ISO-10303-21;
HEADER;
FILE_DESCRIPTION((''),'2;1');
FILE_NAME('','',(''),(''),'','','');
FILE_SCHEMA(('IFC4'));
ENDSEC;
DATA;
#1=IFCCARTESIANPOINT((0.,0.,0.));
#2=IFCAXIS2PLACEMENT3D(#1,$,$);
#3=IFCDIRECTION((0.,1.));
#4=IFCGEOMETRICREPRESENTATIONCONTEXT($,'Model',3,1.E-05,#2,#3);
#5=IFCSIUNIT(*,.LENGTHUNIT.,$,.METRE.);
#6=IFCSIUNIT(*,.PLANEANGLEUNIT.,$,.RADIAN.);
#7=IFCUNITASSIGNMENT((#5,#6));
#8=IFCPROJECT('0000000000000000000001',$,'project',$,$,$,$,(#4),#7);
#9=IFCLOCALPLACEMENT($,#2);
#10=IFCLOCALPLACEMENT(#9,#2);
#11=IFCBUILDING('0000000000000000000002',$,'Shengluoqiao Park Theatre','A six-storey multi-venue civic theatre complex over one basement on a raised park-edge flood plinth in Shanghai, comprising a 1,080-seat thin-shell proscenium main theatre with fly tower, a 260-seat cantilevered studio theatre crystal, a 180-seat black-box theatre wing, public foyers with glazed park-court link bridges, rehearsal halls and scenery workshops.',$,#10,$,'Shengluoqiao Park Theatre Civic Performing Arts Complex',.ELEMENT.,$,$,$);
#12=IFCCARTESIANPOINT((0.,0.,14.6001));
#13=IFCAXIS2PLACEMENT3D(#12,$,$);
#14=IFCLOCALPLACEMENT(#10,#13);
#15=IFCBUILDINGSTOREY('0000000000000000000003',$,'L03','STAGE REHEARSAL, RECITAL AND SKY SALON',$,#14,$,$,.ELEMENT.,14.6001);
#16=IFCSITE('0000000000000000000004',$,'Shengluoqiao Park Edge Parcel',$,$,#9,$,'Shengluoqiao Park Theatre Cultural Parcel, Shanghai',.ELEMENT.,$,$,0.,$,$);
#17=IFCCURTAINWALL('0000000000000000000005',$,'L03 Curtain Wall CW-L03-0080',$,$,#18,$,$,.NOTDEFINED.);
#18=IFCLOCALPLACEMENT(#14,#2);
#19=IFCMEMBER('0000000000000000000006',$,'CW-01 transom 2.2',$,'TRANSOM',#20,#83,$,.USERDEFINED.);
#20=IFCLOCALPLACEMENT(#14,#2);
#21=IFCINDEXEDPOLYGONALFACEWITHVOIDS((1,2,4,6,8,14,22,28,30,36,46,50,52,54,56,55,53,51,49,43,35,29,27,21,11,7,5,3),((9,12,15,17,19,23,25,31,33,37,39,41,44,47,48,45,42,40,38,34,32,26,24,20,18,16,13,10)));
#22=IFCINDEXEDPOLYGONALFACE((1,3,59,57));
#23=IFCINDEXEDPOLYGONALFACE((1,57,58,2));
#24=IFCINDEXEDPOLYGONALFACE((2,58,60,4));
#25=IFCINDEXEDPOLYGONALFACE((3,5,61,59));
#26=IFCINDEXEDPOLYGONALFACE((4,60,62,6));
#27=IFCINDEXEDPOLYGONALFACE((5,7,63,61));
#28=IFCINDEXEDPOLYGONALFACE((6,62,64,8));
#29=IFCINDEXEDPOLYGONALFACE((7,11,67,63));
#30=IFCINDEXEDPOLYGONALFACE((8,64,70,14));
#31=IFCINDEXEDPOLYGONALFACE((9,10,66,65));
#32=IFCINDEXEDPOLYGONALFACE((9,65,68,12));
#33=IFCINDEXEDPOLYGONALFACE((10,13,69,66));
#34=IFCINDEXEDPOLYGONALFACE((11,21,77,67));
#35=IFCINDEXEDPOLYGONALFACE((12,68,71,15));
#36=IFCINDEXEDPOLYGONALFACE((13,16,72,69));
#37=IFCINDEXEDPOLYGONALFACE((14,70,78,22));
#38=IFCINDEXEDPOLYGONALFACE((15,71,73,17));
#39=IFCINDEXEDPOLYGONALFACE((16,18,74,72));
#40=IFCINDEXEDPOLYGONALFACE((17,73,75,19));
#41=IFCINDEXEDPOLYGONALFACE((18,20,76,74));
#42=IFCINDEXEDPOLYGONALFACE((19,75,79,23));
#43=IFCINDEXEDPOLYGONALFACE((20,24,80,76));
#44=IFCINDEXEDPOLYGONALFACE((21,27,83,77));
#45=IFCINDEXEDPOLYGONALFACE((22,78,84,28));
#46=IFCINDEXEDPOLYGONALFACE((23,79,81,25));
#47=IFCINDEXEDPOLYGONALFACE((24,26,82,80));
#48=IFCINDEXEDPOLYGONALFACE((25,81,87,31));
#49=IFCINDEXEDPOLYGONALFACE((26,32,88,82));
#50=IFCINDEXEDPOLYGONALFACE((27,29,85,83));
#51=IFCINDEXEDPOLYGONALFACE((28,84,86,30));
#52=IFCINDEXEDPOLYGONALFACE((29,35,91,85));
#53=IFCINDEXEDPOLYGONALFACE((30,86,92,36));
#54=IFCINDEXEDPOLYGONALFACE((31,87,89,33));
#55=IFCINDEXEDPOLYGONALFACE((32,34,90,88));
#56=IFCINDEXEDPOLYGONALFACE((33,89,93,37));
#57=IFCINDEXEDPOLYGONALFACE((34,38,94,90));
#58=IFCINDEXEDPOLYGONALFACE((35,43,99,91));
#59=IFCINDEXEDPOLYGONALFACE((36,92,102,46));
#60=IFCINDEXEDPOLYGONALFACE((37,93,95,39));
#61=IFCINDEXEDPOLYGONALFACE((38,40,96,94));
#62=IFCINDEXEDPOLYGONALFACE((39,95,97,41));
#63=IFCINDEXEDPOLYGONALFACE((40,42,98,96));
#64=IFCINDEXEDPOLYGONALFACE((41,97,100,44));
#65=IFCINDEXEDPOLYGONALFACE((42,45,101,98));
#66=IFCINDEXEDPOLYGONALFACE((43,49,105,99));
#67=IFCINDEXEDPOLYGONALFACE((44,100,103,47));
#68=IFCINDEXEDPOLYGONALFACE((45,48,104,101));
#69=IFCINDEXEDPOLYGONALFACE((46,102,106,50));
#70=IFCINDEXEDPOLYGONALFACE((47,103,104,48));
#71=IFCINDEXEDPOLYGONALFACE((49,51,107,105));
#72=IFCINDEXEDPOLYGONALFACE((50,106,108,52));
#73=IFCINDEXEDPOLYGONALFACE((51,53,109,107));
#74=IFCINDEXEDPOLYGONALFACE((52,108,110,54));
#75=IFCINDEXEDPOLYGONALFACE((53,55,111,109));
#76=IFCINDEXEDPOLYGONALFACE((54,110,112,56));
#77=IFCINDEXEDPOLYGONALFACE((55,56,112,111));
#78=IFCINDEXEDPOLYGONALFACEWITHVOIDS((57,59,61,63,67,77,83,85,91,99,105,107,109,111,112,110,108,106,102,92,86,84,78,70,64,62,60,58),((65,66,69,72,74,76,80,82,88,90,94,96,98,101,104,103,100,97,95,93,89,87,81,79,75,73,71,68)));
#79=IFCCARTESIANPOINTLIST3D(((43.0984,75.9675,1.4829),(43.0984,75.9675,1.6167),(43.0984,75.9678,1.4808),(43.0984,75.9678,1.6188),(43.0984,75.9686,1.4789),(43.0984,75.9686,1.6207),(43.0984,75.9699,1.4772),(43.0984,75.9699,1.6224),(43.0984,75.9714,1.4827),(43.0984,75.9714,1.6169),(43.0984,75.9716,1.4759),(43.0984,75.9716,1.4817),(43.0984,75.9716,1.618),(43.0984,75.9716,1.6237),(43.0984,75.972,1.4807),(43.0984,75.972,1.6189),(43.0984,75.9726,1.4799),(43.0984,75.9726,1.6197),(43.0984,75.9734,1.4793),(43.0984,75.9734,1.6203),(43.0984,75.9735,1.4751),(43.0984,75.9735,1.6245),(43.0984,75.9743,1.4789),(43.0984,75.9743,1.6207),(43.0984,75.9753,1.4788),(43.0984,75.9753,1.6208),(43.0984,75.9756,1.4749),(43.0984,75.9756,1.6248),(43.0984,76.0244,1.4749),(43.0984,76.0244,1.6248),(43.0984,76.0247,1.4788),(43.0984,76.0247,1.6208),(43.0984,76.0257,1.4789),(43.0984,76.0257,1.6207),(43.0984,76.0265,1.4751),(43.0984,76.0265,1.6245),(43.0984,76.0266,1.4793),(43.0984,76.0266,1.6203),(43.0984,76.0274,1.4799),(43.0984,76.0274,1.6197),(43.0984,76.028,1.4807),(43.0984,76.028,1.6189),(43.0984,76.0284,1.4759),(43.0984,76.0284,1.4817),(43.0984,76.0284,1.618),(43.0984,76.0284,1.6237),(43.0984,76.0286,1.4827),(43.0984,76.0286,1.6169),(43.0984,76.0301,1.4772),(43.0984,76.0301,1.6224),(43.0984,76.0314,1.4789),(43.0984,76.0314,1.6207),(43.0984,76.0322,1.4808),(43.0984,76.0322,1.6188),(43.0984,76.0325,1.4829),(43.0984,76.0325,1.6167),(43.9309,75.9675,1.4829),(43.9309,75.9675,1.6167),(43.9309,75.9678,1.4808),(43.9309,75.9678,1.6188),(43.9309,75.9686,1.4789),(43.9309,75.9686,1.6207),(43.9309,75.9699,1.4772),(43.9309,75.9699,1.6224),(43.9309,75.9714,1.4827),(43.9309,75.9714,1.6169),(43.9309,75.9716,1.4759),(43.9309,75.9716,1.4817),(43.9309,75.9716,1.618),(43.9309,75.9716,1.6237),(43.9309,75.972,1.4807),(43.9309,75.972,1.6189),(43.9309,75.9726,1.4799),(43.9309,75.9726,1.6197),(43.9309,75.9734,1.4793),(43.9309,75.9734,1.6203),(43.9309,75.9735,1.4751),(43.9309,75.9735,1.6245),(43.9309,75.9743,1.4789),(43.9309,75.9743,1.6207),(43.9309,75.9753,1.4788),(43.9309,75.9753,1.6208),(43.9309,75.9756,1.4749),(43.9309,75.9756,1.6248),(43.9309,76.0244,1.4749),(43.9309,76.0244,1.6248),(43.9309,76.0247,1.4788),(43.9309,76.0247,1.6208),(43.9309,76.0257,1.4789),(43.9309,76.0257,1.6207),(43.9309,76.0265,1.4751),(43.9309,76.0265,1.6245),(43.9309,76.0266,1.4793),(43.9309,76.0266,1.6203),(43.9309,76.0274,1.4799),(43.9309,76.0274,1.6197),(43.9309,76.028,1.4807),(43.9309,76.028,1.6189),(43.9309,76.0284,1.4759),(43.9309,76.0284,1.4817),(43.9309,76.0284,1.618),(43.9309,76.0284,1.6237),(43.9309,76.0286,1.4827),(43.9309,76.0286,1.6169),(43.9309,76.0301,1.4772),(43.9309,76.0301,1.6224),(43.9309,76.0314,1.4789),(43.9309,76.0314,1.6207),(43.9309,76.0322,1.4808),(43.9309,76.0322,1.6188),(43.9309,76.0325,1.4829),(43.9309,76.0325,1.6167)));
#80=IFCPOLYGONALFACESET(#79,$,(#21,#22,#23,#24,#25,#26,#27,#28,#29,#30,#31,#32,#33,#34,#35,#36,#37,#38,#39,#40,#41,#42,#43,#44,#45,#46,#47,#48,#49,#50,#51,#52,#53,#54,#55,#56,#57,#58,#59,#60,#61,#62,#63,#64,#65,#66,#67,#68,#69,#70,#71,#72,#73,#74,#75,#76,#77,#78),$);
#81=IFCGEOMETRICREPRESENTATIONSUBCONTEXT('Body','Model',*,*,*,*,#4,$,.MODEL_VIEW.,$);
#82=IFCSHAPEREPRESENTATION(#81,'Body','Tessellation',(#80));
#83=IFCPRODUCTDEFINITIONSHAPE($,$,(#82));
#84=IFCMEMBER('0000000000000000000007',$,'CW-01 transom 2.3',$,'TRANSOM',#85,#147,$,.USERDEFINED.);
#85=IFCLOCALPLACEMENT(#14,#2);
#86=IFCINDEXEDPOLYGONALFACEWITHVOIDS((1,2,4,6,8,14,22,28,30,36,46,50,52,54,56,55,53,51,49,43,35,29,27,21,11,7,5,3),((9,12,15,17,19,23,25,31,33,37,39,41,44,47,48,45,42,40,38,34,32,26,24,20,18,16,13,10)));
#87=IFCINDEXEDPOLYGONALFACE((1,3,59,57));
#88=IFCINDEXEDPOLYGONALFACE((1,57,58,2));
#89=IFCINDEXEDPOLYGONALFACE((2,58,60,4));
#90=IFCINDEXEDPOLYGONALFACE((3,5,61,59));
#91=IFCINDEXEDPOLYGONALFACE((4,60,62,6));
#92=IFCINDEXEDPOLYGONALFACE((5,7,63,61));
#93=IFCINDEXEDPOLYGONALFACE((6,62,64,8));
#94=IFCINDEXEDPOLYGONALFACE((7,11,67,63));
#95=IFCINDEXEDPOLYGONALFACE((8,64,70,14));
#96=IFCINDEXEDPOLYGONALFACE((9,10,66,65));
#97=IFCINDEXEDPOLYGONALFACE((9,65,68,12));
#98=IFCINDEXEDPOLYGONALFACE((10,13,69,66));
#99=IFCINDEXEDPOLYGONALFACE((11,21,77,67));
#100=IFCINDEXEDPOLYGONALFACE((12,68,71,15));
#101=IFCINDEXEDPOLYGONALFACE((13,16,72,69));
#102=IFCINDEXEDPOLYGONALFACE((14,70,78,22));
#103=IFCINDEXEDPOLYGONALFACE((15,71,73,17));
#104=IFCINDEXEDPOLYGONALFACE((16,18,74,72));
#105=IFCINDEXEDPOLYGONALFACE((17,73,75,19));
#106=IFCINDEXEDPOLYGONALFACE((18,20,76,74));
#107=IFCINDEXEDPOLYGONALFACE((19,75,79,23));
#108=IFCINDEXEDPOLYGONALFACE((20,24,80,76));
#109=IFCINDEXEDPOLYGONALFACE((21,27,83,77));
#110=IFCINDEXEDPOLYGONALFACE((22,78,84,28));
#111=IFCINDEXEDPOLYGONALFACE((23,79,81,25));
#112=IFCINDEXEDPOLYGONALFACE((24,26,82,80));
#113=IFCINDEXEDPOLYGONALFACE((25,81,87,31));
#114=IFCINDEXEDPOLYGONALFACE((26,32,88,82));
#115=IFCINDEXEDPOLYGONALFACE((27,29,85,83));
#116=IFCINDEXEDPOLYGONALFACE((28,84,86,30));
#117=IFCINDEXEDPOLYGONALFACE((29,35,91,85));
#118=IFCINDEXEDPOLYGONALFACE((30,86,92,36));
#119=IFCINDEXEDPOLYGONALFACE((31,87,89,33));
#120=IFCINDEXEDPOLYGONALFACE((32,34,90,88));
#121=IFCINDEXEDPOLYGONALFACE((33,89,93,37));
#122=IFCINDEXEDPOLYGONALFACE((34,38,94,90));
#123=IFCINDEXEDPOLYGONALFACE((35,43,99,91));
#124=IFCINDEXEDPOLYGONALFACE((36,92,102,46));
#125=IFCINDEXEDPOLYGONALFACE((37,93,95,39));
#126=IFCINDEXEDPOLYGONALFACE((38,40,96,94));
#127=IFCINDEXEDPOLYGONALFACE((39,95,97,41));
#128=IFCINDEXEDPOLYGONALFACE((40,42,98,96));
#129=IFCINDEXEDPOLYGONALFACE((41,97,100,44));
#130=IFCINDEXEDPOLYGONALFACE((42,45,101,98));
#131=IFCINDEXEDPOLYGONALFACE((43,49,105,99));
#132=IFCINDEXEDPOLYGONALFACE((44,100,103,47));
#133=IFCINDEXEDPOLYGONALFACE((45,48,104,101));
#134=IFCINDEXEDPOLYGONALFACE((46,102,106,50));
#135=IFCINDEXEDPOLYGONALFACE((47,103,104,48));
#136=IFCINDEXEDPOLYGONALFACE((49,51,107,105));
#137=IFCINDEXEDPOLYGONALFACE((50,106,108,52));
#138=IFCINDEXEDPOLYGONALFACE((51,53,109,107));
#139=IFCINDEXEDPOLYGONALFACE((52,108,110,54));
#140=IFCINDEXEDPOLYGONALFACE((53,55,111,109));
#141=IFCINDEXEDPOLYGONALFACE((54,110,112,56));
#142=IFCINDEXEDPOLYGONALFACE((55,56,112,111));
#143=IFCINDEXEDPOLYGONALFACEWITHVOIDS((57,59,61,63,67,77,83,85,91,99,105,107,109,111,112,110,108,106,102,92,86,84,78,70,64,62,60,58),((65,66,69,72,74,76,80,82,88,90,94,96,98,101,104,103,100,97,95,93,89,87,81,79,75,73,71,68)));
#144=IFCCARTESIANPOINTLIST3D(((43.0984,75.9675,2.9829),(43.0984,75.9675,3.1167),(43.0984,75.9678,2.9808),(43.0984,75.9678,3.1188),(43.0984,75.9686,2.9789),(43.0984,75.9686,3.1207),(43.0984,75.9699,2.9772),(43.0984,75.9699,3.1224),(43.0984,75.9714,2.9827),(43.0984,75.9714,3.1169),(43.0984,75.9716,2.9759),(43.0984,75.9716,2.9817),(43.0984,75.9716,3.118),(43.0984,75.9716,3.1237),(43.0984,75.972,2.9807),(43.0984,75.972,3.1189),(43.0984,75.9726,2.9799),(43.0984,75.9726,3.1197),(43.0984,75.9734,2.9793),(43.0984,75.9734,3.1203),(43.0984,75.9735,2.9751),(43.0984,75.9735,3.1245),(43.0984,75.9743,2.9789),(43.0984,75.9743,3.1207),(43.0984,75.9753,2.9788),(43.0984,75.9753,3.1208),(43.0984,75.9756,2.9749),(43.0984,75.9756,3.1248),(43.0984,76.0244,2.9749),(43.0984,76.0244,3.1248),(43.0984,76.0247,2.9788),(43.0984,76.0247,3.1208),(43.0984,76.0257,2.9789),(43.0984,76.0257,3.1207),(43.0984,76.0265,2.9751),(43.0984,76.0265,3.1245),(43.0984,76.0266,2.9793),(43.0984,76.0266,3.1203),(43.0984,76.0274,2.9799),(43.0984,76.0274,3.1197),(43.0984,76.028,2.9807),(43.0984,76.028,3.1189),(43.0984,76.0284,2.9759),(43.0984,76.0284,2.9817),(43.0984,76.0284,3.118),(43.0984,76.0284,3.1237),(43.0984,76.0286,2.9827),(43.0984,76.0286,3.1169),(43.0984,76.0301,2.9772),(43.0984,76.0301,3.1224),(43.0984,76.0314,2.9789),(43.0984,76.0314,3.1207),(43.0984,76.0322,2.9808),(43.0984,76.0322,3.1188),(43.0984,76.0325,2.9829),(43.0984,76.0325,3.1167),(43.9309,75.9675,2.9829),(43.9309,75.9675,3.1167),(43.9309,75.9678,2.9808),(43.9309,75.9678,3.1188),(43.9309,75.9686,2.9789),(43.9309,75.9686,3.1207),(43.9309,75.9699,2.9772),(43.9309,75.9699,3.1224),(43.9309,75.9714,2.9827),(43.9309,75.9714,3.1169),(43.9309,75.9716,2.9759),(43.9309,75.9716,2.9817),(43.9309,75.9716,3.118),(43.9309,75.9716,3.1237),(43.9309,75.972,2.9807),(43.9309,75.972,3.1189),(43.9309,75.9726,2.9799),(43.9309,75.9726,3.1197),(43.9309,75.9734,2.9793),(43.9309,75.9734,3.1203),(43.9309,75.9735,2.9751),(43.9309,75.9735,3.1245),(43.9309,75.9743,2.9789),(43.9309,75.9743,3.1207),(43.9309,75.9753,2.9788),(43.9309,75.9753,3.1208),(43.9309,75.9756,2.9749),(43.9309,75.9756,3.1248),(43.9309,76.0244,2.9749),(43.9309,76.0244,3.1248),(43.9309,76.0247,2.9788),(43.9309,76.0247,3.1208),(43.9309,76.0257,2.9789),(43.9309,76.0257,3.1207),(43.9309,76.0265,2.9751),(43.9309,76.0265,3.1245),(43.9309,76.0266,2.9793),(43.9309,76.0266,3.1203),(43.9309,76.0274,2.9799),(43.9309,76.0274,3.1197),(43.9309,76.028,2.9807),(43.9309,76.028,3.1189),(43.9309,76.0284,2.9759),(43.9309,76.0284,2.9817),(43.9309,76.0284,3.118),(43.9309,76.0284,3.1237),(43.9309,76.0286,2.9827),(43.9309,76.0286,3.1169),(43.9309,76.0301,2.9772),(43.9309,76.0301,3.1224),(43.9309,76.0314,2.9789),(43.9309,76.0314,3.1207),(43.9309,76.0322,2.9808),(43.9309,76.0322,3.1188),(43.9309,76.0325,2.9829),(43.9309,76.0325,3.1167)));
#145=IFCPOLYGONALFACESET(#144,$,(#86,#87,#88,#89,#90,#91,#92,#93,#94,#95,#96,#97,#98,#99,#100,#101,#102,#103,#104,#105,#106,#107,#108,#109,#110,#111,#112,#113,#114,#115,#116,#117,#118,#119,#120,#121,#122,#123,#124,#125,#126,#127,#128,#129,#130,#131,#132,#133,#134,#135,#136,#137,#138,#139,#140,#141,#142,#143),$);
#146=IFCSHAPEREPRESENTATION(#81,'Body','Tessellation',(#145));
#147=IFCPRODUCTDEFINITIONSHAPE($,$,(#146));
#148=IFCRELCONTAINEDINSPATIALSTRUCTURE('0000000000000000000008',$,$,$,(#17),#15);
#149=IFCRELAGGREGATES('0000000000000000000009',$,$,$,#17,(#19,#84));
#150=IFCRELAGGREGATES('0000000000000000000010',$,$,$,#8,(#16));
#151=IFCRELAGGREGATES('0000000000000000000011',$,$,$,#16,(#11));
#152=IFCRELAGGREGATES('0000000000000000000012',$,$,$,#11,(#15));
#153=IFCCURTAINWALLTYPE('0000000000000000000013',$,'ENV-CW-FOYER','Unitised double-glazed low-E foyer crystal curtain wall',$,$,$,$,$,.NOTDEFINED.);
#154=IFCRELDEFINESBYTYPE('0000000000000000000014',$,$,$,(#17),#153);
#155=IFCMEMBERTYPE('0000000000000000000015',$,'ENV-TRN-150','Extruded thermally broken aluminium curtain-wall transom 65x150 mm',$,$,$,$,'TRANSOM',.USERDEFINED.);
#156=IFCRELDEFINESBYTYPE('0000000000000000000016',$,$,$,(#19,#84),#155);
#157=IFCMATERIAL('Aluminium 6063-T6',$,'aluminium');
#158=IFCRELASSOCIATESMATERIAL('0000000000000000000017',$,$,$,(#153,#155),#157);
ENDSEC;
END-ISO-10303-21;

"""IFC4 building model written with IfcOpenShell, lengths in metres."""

from ifc_helpers import new_model, si_unit, direction, frame, origin, origin_2d, place, context, subcontext, project, spatial, hollow_rectangle, extrude, material, material_profile, profile_set, type_object, element, aggregate, save


model = new_model("IFC4")

# Units and contexts
model_context = context("Model", 3, precision=1e-05, world=origin(), true_north=direction((0.0, 1.0)))
body_context = subcontext(model_context, "Body", "Model", "MODEL_VIEW")
ifc_project = project(units=[si_unit("LENGTHUNIT", "METRE"), si_unit("PLANEANGLEUNIT", "RADIAN")], contexts=[model_context])

# Site, building, storey
site_placement = place(None, origin())
site = spatial("IfcSite", under=ifc_project, at=site_placement, Name="Shengluoqiao Park Edge Parcel", LongName="Shengluoqiao Park Theatre Cultural Parcel, Shanghai", CompositionType="ELEMENT", RefElevation=0.0)
building_placement = place(site_placement, origin())
building = spatial("IfcBuilding", under=site, at=building_placement, Name="Shengluoqiao Park Theatre", Description="A six-storey multi-venue civic theatre complex over one basement on a raised park-edge flood plinth in Shanghai, comprising a 1,080-seat thin-shell proscenium main theatre with fly tower, a 260-seat cantilevered studio theatre crystal, a 180-seat black-box theatre wing, public foyers with glazed park-court link bridges, rehearsal halls and scenery workshops.", LongName="Shengluoqiao Park Theatre Civic Performing Arts Complex", CompositionType="ELEMENT")
storey_placement = place(building_placement, frame((0.0, 0.0, 14.6001)))
storey = spatial("IfcBuildingStorey", under=building, at=storey_placement, Name="L03", Description="STAGE REHEARSAL, RECITAL AND SKY SALON", CompositionType="ELEMENT", Elevation=14.6001)

# Curtain wall
ifc_material_1 = material(Name="Aluminium 6063-T6", Category="aluminium")
curtain_wall_type_1 = type_object("IfcCurtainWallType", Name="ENV-CW-FOYER", Description="Unitised double-glazed low-E foyer crystal curtain wall", PredefinedType="NOTDEFINED", material=ifc_material_1)
curtain_wall_1_placement = place(storey_placement, origin())
curtain_wall_1 = element("IfcCurtainWall", 1, at=curtain_wall_1_placement, inside=storey, type_object=curtain_wall_type_1, Name="L03 Curtain Wall CW-L03-0080", PredefinedType="NOTDEFINED")

# Members
ifc_material_profile_1 = material_profile(ifc_material_1, hollow_rectangle(XDim=0.0649, YDim=0.1499, WallThickness=0.0039, InnerFilletRadius=0.0039, OuterFilletRadius=0.0081, at=origin_2d()), Name="ALU TRANSOM 150x65x4")
ifc_profile_set_1 = profile_set([ifc_material_profile_1], Name="Aluminium 6063-T6")
member_type_1 = type_object("IfcMemberType", Name="ENV-TRN-150", Description="Extruded thermally broken aluminium curtain-wall transom 65x150 mm", ElementType="TRANSOM", PredefinedType="USERDEFINED", material=ifc_profile_set_1)
member_1_placement = place(storey_placement, frame((43.0984, 76.0, 1.5498), z_axis=(1.0, 0.0, 0.0), x_axis=(0.0, 1.0, 0.0)))
member_1 = element("IfcMember", 2, at=member_1_placement, type_object=member_type_1, Name="CW-01 transom 2.2", ObjectType="TRANSOM", PredefinedType="USERDEFINED", context=body_context, shape_type="SweptSolid", body=[
    extrude(hollow_rectangle(XDim=0.0649, YDim=0.1499, WallThickness=0.0039, InnerFilletRadius=0.0039, OuterFilletRadius=0.0081, at=origin_2d()), origin(), (0.0, 0.0, 1.0), 0.8325),
])
member_2_placement = place(storey_placement, frame((43.0984, 76.0, 3.0498), z_axis=(1.0, 0.0, 0.0), x_axis=(0.0, 1.0, 0.0)))
member_2 = element("IfcMember", 3, at=member_2_placement, type_object=member_type_1, Name="CW-01 transom 2.3", ObjectType="TRANSOM", PredefinedType="USERDEFINED", context=body_context, shape_type="SweptSolid", body=[
    extrude(hollow_rectangle(XDim=0.0649, YDim=0.1499, WallThickness=0.0039, InnerFilletRadius=0.0039, OuterFilletRadius=0.0081, at=origin_2d()), origin(), (0.0, 0.0, 1.0), 0.8325),
])

aggregate(curtain_wall_1, [member_1, member_2])

save(model, "model.ifc")
